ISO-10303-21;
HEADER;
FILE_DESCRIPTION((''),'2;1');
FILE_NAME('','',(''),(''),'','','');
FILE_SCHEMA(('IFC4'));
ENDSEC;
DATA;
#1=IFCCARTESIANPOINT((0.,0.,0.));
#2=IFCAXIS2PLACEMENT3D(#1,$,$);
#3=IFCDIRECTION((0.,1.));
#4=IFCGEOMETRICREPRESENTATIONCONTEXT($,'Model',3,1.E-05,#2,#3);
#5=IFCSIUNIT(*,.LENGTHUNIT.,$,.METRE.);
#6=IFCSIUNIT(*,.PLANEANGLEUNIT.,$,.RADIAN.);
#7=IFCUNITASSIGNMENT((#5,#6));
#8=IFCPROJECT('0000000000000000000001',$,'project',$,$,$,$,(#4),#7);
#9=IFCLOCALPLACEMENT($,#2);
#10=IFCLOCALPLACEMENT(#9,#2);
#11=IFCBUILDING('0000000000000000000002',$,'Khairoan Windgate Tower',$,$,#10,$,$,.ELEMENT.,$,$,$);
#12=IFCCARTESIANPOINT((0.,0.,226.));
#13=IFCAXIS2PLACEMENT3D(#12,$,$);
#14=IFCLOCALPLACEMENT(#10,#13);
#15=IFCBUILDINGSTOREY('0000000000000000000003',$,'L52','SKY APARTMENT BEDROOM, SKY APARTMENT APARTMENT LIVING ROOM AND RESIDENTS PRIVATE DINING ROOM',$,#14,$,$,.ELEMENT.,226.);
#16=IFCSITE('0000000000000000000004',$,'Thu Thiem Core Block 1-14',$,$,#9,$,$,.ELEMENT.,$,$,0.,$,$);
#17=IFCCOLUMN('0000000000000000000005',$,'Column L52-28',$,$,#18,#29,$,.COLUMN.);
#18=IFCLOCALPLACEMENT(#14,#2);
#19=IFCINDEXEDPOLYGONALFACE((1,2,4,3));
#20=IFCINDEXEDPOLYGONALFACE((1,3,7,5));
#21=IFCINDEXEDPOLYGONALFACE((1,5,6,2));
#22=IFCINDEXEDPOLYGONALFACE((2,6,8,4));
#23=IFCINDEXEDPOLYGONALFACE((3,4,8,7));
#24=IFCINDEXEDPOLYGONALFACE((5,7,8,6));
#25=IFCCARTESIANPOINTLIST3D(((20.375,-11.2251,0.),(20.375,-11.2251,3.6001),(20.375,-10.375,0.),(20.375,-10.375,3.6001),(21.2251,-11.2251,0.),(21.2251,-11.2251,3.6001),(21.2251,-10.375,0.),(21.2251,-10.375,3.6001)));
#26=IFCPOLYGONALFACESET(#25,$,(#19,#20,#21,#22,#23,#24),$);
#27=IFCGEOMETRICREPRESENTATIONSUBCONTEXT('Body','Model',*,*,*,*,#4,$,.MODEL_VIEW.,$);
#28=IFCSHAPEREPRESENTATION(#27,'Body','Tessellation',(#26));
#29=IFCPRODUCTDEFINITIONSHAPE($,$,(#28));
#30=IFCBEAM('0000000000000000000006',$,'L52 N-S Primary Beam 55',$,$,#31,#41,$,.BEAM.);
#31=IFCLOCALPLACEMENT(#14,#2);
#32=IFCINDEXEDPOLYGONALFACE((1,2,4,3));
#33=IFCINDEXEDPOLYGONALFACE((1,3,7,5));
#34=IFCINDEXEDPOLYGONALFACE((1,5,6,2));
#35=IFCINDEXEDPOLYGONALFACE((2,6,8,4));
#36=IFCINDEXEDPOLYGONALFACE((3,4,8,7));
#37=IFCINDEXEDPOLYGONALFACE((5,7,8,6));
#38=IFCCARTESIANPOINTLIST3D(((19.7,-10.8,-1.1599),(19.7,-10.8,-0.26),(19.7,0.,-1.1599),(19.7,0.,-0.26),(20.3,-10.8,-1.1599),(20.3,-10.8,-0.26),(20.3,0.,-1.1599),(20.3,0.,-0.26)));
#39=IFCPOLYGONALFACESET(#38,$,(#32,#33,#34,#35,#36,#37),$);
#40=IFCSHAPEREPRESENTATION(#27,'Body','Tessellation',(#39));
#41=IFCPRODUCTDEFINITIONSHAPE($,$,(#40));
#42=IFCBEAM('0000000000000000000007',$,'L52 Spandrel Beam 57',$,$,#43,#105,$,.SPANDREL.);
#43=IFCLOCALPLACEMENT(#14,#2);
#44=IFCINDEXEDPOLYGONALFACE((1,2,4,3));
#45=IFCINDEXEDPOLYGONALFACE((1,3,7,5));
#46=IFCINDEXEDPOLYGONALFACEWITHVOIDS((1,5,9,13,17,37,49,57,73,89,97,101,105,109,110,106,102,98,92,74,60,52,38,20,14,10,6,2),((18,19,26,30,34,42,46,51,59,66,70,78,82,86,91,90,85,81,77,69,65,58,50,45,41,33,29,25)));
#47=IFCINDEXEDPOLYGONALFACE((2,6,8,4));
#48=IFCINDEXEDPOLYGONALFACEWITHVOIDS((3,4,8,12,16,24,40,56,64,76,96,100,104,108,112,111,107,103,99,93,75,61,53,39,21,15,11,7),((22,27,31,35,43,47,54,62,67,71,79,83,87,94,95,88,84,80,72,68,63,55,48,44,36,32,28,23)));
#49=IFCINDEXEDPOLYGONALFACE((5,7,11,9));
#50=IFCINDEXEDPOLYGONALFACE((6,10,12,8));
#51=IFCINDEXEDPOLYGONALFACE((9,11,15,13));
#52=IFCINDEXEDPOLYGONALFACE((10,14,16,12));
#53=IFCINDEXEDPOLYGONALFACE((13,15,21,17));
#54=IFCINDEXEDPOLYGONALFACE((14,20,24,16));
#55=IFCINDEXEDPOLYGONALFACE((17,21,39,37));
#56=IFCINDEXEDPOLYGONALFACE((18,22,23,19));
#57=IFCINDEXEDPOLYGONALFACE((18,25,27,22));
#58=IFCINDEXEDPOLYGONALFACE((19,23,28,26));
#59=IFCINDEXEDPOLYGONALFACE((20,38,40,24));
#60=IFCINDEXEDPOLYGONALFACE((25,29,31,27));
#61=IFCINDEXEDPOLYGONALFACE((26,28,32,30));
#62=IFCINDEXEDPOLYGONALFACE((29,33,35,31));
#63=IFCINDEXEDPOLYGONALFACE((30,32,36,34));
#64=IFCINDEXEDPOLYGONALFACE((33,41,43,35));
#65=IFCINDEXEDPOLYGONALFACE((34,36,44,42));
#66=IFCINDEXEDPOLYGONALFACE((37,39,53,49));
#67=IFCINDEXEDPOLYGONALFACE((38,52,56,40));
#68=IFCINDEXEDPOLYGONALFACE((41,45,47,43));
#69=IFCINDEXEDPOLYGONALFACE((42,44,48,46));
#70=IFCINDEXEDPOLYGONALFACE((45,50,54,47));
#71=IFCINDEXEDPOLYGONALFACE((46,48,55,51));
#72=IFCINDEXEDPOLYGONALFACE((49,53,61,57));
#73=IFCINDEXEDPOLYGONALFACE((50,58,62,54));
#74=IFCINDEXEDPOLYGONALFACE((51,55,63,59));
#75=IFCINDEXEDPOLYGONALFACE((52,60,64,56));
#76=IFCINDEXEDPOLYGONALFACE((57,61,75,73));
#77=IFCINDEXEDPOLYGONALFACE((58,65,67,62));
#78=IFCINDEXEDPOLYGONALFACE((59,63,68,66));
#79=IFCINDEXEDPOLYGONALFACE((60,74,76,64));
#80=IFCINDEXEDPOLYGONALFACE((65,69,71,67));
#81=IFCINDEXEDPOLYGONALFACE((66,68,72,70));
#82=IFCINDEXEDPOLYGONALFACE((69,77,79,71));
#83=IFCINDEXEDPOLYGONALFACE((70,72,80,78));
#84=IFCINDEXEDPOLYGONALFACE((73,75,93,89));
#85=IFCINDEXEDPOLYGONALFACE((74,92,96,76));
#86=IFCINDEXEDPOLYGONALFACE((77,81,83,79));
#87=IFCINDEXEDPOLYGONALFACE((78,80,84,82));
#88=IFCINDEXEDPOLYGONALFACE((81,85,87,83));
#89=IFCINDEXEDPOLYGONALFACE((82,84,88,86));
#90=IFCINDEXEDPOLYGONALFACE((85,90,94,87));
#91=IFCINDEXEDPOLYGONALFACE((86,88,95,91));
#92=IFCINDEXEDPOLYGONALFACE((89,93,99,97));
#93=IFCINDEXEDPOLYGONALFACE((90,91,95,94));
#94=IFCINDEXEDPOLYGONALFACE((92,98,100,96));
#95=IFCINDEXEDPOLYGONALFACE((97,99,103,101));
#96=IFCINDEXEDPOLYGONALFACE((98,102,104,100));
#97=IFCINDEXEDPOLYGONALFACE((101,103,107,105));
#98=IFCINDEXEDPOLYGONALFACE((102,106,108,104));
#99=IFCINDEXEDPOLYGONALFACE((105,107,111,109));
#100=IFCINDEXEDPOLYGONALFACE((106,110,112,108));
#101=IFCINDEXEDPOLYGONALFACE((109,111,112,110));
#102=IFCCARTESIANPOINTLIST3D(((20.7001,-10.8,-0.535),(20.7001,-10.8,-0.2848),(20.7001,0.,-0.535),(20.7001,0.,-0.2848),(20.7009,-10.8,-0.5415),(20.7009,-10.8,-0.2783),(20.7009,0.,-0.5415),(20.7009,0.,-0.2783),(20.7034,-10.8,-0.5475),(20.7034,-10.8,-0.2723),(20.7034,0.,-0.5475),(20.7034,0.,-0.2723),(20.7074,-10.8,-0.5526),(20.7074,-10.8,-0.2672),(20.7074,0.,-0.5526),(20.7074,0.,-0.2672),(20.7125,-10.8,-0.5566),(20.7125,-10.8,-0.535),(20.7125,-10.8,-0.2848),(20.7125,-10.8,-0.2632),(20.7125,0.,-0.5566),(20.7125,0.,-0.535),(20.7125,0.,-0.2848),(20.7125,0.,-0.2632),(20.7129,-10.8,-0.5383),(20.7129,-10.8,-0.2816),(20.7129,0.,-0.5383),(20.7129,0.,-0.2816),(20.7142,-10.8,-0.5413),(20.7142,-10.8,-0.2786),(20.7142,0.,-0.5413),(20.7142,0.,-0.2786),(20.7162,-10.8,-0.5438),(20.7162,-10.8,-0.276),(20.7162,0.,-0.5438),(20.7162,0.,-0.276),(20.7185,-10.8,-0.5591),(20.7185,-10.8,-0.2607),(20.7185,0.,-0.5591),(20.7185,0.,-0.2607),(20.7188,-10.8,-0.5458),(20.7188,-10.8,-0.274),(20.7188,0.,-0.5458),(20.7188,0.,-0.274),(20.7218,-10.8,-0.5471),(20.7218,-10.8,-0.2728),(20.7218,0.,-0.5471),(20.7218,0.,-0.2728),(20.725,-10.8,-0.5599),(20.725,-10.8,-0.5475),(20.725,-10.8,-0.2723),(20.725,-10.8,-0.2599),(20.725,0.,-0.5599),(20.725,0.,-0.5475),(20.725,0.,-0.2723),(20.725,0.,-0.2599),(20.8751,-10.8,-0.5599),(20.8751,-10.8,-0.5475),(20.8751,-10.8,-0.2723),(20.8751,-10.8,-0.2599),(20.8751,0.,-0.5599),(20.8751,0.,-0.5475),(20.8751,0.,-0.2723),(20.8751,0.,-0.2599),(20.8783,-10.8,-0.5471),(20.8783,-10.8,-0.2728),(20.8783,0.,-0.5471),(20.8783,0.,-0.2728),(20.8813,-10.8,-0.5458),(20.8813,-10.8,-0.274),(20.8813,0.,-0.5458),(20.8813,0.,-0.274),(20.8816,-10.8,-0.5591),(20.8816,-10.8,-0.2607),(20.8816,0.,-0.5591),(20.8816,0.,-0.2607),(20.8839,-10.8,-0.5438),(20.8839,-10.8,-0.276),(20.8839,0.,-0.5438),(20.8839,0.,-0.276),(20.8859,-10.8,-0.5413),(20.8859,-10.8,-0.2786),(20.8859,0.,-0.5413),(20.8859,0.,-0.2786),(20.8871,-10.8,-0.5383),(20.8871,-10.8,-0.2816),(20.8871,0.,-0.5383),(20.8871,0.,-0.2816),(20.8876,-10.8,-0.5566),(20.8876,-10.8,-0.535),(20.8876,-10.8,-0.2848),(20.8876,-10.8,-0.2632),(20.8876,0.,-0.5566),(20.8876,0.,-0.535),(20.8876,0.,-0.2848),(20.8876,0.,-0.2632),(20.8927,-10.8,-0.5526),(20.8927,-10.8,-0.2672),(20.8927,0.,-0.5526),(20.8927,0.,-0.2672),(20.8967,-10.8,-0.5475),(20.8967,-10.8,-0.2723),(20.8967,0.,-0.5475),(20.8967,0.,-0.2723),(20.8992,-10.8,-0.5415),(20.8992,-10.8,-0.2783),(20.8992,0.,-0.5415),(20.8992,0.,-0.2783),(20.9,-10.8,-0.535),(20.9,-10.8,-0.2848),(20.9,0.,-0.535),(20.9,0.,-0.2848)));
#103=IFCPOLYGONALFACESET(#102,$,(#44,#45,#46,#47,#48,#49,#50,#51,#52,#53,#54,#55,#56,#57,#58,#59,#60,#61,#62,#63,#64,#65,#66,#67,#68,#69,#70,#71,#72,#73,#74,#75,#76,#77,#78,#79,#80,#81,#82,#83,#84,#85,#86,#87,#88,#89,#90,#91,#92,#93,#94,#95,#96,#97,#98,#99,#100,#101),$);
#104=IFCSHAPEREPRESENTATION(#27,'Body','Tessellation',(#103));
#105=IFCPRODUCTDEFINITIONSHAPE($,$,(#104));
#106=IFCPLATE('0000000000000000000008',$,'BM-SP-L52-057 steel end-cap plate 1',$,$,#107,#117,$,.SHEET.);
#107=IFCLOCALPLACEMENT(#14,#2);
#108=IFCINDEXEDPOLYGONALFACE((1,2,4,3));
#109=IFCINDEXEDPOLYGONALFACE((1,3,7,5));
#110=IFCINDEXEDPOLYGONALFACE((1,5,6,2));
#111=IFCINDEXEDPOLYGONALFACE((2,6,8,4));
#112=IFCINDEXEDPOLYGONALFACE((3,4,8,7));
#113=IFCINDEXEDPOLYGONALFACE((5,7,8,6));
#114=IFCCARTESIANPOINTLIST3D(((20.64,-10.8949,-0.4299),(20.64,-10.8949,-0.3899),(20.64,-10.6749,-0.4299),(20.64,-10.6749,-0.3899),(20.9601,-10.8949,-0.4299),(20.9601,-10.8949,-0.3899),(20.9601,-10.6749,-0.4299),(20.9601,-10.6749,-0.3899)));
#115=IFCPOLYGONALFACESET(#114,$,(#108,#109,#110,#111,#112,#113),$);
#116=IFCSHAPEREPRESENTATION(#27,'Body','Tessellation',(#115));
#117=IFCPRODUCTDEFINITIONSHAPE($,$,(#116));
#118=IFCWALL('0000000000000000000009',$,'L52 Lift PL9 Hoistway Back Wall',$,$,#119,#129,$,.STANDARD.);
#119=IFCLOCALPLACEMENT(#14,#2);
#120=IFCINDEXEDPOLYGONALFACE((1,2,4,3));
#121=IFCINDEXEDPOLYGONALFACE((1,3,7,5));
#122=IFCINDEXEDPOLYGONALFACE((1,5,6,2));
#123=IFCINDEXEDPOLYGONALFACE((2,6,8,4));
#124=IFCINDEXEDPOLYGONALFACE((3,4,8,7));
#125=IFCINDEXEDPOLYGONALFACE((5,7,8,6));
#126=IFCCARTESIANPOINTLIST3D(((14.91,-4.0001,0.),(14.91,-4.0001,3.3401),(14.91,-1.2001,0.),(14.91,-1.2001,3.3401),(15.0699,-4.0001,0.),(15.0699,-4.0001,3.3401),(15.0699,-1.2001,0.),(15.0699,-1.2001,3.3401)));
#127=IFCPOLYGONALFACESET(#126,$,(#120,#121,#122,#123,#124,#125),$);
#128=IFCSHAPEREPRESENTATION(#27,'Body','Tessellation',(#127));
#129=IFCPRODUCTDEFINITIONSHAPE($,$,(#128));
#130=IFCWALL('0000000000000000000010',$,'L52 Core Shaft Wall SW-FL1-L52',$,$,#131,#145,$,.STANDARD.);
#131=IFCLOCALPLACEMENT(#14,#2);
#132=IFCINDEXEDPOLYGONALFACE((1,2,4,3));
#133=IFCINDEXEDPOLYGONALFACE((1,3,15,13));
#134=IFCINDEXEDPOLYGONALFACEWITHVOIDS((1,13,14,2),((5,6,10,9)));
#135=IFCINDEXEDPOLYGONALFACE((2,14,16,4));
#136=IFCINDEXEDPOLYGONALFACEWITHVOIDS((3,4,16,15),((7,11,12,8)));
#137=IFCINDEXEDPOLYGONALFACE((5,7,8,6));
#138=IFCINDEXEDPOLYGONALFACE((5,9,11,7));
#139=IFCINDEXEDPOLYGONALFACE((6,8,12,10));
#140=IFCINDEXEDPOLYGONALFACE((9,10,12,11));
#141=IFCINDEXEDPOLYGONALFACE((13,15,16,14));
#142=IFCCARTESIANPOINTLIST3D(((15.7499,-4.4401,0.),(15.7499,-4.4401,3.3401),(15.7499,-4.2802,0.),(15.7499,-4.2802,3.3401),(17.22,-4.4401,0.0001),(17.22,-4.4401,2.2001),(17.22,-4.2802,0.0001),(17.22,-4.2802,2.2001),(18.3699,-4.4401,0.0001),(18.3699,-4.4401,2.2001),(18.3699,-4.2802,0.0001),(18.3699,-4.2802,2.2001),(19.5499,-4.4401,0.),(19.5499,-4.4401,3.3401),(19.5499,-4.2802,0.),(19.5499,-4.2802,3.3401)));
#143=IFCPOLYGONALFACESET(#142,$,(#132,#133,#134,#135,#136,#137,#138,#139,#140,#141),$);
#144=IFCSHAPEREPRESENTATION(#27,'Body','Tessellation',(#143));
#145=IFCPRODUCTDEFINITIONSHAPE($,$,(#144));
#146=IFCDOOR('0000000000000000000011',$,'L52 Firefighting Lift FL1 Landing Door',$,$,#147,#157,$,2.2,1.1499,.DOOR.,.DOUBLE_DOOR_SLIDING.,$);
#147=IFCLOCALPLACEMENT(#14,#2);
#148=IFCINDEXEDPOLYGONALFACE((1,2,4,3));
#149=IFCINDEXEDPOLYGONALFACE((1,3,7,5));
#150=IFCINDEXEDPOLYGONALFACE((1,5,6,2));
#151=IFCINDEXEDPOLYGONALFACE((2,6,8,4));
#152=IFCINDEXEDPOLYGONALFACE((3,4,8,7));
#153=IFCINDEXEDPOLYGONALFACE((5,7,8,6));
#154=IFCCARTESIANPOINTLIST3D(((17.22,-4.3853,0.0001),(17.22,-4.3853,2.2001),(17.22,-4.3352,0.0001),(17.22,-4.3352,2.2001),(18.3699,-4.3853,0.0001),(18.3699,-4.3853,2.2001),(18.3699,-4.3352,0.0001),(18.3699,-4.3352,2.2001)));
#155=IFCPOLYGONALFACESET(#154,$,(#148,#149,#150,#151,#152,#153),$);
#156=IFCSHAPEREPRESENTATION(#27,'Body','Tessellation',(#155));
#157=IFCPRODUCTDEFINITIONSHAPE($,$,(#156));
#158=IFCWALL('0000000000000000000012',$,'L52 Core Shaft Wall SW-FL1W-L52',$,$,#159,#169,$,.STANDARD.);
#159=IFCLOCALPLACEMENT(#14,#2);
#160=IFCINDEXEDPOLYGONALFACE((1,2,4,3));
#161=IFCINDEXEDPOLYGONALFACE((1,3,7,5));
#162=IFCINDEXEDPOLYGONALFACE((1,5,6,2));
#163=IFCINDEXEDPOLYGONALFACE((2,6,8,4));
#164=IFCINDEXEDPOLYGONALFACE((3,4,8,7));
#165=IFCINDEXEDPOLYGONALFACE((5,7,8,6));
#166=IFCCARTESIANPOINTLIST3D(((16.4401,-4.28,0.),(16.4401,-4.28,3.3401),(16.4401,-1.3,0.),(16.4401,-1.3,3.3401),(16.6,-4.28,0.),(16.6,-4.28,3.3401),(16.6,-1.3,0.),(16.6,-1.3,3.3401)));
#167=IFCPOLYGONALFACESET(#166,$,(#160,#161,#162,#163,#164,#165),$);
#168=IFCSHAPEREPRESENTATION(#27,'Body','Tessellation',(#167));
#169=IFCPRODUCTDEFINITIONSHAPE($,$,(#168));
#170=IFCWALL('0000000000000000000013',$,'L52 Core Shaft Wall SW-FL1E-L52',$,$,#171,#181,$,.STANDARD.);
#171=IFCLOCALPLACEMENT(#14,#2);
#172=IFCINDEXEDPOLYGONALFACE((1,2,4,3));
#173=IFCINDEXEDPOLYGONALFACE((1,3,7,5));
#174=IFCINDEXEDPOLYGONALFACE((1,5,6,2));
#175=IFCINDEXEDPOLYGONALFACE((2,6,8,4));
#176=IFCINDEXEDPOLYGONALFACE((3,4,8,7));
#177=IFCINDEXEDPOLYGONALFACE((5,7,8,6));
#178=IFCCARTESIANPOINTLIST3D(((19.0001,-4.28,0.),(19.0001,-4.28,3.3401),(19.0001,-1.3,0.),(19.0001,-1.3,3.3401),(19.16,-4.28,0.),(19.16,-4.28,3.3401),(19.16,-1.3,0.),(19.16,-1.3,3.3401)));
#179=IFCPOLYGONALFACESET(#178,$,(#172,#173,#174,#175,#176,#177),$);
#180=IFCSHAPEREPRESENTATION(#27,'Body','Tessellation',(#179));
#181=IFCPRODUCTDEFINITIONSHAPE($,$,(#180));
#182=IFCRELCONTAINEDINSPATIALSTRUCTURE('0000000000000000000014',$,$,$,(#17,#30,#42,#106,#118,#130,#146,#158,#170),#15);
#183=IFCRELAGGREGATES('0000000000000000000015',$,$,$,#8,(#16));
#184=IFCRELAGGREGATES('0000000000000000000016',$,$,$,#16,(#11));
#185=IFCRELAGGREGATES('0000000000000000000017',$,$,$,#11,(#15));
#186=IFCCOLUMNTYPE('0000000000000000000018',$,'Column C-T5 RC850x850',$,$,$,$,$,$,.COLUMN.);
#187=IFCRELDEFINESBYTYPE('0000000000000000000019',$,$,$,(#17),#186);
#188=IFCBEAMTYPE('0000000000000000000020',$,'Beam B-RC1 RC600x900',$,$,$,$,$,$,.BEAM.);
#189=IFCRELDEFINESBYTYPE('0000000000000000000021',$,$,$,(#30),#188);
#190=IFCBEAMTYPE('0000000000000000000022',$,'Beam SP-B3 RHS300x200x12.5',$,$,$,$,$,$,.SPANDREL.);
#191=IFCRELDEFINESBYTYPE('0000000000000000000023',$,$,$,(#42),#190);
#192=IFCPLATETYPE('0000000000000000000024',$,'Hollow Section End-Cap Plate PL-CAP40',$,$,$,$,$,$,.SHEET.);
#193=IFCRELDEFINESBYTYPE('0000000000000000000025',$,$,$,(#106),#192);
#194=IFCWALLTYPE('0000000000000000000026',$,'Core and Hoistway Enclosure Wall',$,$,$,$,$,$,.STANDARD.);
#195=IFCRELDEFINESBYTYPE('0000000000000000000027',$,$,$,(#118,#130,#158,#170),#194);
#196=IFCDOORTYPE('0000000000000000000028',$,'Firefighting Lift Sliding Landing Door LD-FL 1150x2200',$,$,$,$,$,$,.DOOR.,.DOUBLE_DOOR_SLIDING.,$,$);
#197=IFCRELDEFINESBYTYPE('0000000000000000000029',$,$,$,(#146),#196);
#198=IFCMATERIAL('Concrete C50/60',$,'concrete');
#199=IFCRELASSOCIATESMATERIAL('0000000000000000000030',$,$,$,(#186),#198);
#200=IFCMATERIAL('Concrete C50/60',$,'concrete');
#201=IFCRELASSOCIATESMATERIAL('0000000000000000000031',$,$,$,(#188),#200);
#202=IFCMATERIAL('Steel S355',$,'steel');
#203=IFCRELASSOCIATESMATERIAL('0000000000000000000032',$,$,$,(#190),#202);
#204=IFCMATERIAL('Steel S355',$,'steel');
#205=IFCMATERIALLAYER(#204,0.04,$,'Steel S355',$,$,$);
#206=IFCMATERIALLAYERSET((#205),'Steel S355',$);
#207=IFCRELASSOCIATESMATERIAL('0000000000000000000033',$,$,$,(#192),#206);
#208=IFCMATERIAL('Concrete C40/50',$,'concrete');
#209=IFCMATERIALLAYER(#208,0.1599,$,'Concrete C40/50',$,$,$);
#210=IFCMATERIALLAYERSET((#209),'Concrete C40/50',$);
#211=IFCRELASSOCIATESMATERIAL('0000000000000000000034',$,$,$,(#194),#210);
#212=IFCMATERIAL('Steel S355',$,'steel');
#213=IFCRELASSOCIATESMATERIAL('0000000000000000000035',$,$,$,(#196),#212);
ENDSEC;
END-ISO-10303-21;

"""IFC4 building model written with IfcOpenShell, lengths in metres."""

from ifc_helpers import new_model, si_unit, direction, frame, frame_2d, origin, origin_2d, place, context, subcontext, project, spatial, rectangle, hollow_rectangle, extrude, material, layer, layer_set, material_profile, profile_set, type_object, element, fill, save


model = new_model("IFC4")

# Units and contexts
model_context = context("Model", 3, precision=1e-05, world=origin(), true_north=direction((0.0, 1.0)))
body_context = subcontext(model_context, "Body", "Model", "MODEL_VIEW")
ifc_project = project(units=[si_unit("LENGTHUNIT", "METRE"), si_unit("PLANEANGLEUNIT", "RADIAN")], contexts=[model_context])

# Site, building, storey
site_placement = place(None, origin())
site = spatial("IfcSite", under=ifc_project, at=site_placement, Name="Thu Thiem Core Block 1-14", CompositionType="ELEMENT", RefElevation=0.0)
building_placement = place(site_placement, origin())
building = spatial("IfcBuilding", under=site, at=building_placement, Name="Khairoan Windgate Tower", CompositionType="ELEMENT")
storey_placement = place(building_placement, frame((0.0, 0.0, 226.0)))
storey = spatial("IfcBuildingStorey", under=building, at=storey_placement, Name="L52", Description="SKY APARTMENT BEDROOM, SKY APARTMENT APARTMENT LIVING ROOM AND RESIDENTS PRIVATE DINING ROOM", CompositionType="ELEMENT", Elevation=226.0)

# Column
ifc_material_1 = material(Name="Concrete C50/60", Category="concrete")
ifc_material_profile_1 = material_profile(ifc_material_1, rectangle(XDim=0.8501, YDim=0.8501, at=origin_2d()))
ifc_profile_set_1 = profile_set([ifc_material_profile_1], Name="Concrete C50/60")
column_type = type_object("IfcColumnType", Name="Column C-T5 RC850x850", PredefinedType="COLUMN", material=ifc_profile_set_1)
column_placement = place(storey_placement, frame((20.8, -10.8, 0.0), z_axis=(0.0, 0.0, 1.0), x_axis=(1.0, 0.0, 0.0)))
element("IfcColumn", 1, at=column_placement, inside=storey, type_object=column_type, Name="Column L52-28", PredefinedType="COLUMN", context=body_context, shape_type="SweptSolid", body=[
    extrude(rectangle(XDim=0.8501, YDim=0.8501, at=origin_2d()), origin(), (0.0, 0.0, 1.0), 3.6001),
])

# Beams
ifc_material_2 = material(Name="Concrete C50/60", Category="concrete")
ifc_material_profile_2 = material_profile(ifc_material_2, rectangle(XDim=0.6001, YDim=0.8999, at=origin_2d()))
ifc_profile_set_2 = profile_set([ifc_material_profile_2], Name="Concrete C50/60")
beam_type_1 = type_object("IfcBeamType", Name="Beam B-RC1 RC600x900", PredefinedType="BEAM", material=ifc_profile_set_2)
beam_1_placement = place(storey_placement, frame((20.0, -10.8, -0.71), z_axis=(0.0, 1.0, 0.0), x_axis=(-1.0, 0.0, 0.0)))
element("IfcBeam", 2, at=beam_1_placement, inside=storey, type_object=beam_type_1, Name="L52 N-S Primary Beam 55", PredefinedType="BEAM", context=body_context, shape_type="SweptSolid", body=[
    extrude(rectangle(XDim=0.6001, YDim=0.8999, at=origin_2d()), origin(), (0.0, 0.0, 1.0), 10.8),
])
ifc_material_3 = material(Name="Steel S355", Category="steel")
ifc_material_profile_3 = material_profile(ifc_material_3, hollow_rectangle(XDim=0.2, YDim=0.3, WallThickness=0.0125, InnerFilletRadius=0.0125, OuterFilletRadius=0.0249, at=origin_2d()))
ifc_profile_set_3 = profile_set([ifc_material_profile_3], Name="Steel S355")
beam_type_2 = type_object("IfcBeamType", Name="Beam SP-B3 RHS300x200x12.5", PredefinedType="SPANDREL", material=ifc_profile_set_3)
beam_2_placement = place(storey_placement, frame((20.8, -10.8, -0.4099), z_axis=(0.0, 1.0, 0.0), x_axis=(-1.0, 0.0, 0.0)))
element("IfcBeam", 3, at=beam_2_placement, inside=storey, type_object=beam_type_2, Name="L52 Spandrel Beam 57", PredefinedType="SPANDREL", context=body_context, shape_type="SweptSolid", body=[
    extrude(hollow_rectangle(XDim=0.2, YDim=0.3, WallThickness=0.0125, InnerFilletRadius=0.0125, OuterFilletRadius=0.0249, at=origin_2d()), origin(), (0.0, 0.0, 1.0), 10.8),
])

# Plate
ifc_material_4 = material(Name="Steel S355", Category="steel")
ifc_layer_1 = layer(ifc_material_4, 0.04, Name="Steel S355")
ifc_layer_set_1 = layer_set([ifc_layer_1], Name="Steel S355")
plate_type = type_object("IfcPlateType", Name="Hollow Section End-Cap Plate PL-CAP40", PredefinedType="SHEET", material=ifc_layer_set_1)
plate_placement = place(storey_placement, frame((20.8, -10.7849, -0.4299), z_axis=(0.0, 0.0, 1.0), x_axis=(0.0, 1.0, 0.0)))
element("IfcPlate", 4, at=plate_placement, inside=storey, type_object=plate_type, Name="BM-SP-L52-057 steel end-cap plate 1", PredefinedType="SHEET", context=body_context, shape_type="SweptSolid", body=[
    extrude(rectangle(XDim=0.22, YDim=0.3201, at=origin_2d()), origin(), (0.0, 0.0, 1.0), 0.04),
])

# Wall
ifc_material_5 = material(Name="Concrete C40/50", Category="concrete")
ifc_layer_2 = layer(ifc_material_5, 0.1599, Name="Concrete C40/50")
ifc_layer_set_2 = layer_set([ifc_layer_2], Name="Concrete C40/50")
wall_type_1 = type_object("IfcWallType", Name="Core and Hoistway Enclosure Wall", PredefinedType="STANDARD", material=ifc_layer_set_2)
wall_1_placement = place(storey_placement, frame((14.99, -4.0, 0.0), z_axis=(0.0, 0.0, 1.0), x_axis=(0.0, 1.0, 0.0)))
element("IfcWall", 5, at=wall_1_placement, inside=storey, type_object=wall_type_1, Name="L52 Lift PL9 Hoistway Back Wall", PredefinedType="STANDARD", context=body_context, shape_type="SweptSolid", body=[
    extrude(rectangle(XDim=2.8, YDim=0.1599, at=frame_2d((1.3999, 0.0))), origin(), (0.0, 0.0, 1.0), 3.3401),
])

# Wall, opening, door
wall_2_placement = place(storey_placement, frame((15.75, -4.3601, 0.0), z_axis=(0.0, 0.0, 1.0), x_axis=(1.0, 0.0, 0.0)))
wall_2 = element("IfcWall", 6, at=wall_2_placement, inside=storey, type_object=wall_type_1, Name="L52 Core Shaft Wall SW-FL1-L52", PredefinedType="STANDARD", context=body_context, shape_type="SweptSolid", body=[
    extrude(rectangle(XDim=3.8, YDim=0.1599, at=frame_2d((1.8999, 0.0))), origin(), (0.0, 0.0, 1.0), 3.3401),
])
opening_1_placement = place(wall_2_placement, frame((1.47, 0.0, 0.0)))
opening_1 = element("IfcOpeningElement", 7, at=opening_1_placement, cuts=wall_2, PredefinedType="OPENING", context=body_context, shape_type="SweptSolid", body=[
    extrude(rectangle(XDim=1.1499, YDim=2.2, at=frame_2d((0.575, 1.1001))), frame((0.0, 0.0898, 0.0), z_axis=(0.0, -1.0, 0.0), x_axis=(1.0, 0.0, 0.0)), (0.0, 0.0, 1.0), 0.1799),
])
ifc_material_6 = material(Name="Steel S355", Category="steel")
door_type_1 = type_object("IfcDoorType", Name="Firefighting Lift Sliding Landing Door LD-FL 1150x2200", OperationType="DOUBLE_DOOR_SLIDING", PredefinedType="DOOR", material=ifc_material_6)
door_1_placement = place(opening_1_placement, origin())
door_1 = element("IfcDoor", 8, at=door_1_placement, inside=storey, type_object=door_type_1, Name="L52 Firefighting Lift FL1 Landing Door", OperationType="DOUBLE_DOOR_SLIDING", OverallHeight=2.2, OverallWidth=1.1499, PredefinedType="DOOR", context=body_context, shape_type="SweptSolid", body=[
    extrude(rectangle(XDim=1.1499, YDim=2.2, at=frame_2d((0.575, 1.1001))), frame((0.0, 0.0249, 0.0), z_axis=(0.0, -1.0, 0.0), x_axis=(1.0, 0.0, 0.0)), (0.0, 0.0, 1.0), 0.05),
])
fill(opening_1, door_1)

# Walls
for number, where, z_axis, x_axis, name in (
    (9, (16.52, -4.28, 0.0), (0.0, 0.0, 1.0), (0.0, 1.0, 0.0), "L52 Core Shaft Wall SW-FL1W-L52"),
    (10, (19.0801, -4.28, 0.0), (0.0, 0.0, 1.0), (0.0, 1.0, 0.0), "L52 Core Shaft Wall SW-FL1E-L52"),
):
    element("IfcWall", number, at=place(storey_placement, frame(where, z_axis=z_axis, x_axis=x_axis)), inside=storey, type_object=wall_type_1, Name=name, PredefinedType="STANDARD", context=body_context, shape_type="SweptSolid", body=[
        extrude(rectangle(XDim=2.98, YDim=0.1599, at=frame_2d((1.49, 0.0))), origin(), (0.0, 0.0, 1.0), 3.3401),
    ])

save(model, "model.ifc")
